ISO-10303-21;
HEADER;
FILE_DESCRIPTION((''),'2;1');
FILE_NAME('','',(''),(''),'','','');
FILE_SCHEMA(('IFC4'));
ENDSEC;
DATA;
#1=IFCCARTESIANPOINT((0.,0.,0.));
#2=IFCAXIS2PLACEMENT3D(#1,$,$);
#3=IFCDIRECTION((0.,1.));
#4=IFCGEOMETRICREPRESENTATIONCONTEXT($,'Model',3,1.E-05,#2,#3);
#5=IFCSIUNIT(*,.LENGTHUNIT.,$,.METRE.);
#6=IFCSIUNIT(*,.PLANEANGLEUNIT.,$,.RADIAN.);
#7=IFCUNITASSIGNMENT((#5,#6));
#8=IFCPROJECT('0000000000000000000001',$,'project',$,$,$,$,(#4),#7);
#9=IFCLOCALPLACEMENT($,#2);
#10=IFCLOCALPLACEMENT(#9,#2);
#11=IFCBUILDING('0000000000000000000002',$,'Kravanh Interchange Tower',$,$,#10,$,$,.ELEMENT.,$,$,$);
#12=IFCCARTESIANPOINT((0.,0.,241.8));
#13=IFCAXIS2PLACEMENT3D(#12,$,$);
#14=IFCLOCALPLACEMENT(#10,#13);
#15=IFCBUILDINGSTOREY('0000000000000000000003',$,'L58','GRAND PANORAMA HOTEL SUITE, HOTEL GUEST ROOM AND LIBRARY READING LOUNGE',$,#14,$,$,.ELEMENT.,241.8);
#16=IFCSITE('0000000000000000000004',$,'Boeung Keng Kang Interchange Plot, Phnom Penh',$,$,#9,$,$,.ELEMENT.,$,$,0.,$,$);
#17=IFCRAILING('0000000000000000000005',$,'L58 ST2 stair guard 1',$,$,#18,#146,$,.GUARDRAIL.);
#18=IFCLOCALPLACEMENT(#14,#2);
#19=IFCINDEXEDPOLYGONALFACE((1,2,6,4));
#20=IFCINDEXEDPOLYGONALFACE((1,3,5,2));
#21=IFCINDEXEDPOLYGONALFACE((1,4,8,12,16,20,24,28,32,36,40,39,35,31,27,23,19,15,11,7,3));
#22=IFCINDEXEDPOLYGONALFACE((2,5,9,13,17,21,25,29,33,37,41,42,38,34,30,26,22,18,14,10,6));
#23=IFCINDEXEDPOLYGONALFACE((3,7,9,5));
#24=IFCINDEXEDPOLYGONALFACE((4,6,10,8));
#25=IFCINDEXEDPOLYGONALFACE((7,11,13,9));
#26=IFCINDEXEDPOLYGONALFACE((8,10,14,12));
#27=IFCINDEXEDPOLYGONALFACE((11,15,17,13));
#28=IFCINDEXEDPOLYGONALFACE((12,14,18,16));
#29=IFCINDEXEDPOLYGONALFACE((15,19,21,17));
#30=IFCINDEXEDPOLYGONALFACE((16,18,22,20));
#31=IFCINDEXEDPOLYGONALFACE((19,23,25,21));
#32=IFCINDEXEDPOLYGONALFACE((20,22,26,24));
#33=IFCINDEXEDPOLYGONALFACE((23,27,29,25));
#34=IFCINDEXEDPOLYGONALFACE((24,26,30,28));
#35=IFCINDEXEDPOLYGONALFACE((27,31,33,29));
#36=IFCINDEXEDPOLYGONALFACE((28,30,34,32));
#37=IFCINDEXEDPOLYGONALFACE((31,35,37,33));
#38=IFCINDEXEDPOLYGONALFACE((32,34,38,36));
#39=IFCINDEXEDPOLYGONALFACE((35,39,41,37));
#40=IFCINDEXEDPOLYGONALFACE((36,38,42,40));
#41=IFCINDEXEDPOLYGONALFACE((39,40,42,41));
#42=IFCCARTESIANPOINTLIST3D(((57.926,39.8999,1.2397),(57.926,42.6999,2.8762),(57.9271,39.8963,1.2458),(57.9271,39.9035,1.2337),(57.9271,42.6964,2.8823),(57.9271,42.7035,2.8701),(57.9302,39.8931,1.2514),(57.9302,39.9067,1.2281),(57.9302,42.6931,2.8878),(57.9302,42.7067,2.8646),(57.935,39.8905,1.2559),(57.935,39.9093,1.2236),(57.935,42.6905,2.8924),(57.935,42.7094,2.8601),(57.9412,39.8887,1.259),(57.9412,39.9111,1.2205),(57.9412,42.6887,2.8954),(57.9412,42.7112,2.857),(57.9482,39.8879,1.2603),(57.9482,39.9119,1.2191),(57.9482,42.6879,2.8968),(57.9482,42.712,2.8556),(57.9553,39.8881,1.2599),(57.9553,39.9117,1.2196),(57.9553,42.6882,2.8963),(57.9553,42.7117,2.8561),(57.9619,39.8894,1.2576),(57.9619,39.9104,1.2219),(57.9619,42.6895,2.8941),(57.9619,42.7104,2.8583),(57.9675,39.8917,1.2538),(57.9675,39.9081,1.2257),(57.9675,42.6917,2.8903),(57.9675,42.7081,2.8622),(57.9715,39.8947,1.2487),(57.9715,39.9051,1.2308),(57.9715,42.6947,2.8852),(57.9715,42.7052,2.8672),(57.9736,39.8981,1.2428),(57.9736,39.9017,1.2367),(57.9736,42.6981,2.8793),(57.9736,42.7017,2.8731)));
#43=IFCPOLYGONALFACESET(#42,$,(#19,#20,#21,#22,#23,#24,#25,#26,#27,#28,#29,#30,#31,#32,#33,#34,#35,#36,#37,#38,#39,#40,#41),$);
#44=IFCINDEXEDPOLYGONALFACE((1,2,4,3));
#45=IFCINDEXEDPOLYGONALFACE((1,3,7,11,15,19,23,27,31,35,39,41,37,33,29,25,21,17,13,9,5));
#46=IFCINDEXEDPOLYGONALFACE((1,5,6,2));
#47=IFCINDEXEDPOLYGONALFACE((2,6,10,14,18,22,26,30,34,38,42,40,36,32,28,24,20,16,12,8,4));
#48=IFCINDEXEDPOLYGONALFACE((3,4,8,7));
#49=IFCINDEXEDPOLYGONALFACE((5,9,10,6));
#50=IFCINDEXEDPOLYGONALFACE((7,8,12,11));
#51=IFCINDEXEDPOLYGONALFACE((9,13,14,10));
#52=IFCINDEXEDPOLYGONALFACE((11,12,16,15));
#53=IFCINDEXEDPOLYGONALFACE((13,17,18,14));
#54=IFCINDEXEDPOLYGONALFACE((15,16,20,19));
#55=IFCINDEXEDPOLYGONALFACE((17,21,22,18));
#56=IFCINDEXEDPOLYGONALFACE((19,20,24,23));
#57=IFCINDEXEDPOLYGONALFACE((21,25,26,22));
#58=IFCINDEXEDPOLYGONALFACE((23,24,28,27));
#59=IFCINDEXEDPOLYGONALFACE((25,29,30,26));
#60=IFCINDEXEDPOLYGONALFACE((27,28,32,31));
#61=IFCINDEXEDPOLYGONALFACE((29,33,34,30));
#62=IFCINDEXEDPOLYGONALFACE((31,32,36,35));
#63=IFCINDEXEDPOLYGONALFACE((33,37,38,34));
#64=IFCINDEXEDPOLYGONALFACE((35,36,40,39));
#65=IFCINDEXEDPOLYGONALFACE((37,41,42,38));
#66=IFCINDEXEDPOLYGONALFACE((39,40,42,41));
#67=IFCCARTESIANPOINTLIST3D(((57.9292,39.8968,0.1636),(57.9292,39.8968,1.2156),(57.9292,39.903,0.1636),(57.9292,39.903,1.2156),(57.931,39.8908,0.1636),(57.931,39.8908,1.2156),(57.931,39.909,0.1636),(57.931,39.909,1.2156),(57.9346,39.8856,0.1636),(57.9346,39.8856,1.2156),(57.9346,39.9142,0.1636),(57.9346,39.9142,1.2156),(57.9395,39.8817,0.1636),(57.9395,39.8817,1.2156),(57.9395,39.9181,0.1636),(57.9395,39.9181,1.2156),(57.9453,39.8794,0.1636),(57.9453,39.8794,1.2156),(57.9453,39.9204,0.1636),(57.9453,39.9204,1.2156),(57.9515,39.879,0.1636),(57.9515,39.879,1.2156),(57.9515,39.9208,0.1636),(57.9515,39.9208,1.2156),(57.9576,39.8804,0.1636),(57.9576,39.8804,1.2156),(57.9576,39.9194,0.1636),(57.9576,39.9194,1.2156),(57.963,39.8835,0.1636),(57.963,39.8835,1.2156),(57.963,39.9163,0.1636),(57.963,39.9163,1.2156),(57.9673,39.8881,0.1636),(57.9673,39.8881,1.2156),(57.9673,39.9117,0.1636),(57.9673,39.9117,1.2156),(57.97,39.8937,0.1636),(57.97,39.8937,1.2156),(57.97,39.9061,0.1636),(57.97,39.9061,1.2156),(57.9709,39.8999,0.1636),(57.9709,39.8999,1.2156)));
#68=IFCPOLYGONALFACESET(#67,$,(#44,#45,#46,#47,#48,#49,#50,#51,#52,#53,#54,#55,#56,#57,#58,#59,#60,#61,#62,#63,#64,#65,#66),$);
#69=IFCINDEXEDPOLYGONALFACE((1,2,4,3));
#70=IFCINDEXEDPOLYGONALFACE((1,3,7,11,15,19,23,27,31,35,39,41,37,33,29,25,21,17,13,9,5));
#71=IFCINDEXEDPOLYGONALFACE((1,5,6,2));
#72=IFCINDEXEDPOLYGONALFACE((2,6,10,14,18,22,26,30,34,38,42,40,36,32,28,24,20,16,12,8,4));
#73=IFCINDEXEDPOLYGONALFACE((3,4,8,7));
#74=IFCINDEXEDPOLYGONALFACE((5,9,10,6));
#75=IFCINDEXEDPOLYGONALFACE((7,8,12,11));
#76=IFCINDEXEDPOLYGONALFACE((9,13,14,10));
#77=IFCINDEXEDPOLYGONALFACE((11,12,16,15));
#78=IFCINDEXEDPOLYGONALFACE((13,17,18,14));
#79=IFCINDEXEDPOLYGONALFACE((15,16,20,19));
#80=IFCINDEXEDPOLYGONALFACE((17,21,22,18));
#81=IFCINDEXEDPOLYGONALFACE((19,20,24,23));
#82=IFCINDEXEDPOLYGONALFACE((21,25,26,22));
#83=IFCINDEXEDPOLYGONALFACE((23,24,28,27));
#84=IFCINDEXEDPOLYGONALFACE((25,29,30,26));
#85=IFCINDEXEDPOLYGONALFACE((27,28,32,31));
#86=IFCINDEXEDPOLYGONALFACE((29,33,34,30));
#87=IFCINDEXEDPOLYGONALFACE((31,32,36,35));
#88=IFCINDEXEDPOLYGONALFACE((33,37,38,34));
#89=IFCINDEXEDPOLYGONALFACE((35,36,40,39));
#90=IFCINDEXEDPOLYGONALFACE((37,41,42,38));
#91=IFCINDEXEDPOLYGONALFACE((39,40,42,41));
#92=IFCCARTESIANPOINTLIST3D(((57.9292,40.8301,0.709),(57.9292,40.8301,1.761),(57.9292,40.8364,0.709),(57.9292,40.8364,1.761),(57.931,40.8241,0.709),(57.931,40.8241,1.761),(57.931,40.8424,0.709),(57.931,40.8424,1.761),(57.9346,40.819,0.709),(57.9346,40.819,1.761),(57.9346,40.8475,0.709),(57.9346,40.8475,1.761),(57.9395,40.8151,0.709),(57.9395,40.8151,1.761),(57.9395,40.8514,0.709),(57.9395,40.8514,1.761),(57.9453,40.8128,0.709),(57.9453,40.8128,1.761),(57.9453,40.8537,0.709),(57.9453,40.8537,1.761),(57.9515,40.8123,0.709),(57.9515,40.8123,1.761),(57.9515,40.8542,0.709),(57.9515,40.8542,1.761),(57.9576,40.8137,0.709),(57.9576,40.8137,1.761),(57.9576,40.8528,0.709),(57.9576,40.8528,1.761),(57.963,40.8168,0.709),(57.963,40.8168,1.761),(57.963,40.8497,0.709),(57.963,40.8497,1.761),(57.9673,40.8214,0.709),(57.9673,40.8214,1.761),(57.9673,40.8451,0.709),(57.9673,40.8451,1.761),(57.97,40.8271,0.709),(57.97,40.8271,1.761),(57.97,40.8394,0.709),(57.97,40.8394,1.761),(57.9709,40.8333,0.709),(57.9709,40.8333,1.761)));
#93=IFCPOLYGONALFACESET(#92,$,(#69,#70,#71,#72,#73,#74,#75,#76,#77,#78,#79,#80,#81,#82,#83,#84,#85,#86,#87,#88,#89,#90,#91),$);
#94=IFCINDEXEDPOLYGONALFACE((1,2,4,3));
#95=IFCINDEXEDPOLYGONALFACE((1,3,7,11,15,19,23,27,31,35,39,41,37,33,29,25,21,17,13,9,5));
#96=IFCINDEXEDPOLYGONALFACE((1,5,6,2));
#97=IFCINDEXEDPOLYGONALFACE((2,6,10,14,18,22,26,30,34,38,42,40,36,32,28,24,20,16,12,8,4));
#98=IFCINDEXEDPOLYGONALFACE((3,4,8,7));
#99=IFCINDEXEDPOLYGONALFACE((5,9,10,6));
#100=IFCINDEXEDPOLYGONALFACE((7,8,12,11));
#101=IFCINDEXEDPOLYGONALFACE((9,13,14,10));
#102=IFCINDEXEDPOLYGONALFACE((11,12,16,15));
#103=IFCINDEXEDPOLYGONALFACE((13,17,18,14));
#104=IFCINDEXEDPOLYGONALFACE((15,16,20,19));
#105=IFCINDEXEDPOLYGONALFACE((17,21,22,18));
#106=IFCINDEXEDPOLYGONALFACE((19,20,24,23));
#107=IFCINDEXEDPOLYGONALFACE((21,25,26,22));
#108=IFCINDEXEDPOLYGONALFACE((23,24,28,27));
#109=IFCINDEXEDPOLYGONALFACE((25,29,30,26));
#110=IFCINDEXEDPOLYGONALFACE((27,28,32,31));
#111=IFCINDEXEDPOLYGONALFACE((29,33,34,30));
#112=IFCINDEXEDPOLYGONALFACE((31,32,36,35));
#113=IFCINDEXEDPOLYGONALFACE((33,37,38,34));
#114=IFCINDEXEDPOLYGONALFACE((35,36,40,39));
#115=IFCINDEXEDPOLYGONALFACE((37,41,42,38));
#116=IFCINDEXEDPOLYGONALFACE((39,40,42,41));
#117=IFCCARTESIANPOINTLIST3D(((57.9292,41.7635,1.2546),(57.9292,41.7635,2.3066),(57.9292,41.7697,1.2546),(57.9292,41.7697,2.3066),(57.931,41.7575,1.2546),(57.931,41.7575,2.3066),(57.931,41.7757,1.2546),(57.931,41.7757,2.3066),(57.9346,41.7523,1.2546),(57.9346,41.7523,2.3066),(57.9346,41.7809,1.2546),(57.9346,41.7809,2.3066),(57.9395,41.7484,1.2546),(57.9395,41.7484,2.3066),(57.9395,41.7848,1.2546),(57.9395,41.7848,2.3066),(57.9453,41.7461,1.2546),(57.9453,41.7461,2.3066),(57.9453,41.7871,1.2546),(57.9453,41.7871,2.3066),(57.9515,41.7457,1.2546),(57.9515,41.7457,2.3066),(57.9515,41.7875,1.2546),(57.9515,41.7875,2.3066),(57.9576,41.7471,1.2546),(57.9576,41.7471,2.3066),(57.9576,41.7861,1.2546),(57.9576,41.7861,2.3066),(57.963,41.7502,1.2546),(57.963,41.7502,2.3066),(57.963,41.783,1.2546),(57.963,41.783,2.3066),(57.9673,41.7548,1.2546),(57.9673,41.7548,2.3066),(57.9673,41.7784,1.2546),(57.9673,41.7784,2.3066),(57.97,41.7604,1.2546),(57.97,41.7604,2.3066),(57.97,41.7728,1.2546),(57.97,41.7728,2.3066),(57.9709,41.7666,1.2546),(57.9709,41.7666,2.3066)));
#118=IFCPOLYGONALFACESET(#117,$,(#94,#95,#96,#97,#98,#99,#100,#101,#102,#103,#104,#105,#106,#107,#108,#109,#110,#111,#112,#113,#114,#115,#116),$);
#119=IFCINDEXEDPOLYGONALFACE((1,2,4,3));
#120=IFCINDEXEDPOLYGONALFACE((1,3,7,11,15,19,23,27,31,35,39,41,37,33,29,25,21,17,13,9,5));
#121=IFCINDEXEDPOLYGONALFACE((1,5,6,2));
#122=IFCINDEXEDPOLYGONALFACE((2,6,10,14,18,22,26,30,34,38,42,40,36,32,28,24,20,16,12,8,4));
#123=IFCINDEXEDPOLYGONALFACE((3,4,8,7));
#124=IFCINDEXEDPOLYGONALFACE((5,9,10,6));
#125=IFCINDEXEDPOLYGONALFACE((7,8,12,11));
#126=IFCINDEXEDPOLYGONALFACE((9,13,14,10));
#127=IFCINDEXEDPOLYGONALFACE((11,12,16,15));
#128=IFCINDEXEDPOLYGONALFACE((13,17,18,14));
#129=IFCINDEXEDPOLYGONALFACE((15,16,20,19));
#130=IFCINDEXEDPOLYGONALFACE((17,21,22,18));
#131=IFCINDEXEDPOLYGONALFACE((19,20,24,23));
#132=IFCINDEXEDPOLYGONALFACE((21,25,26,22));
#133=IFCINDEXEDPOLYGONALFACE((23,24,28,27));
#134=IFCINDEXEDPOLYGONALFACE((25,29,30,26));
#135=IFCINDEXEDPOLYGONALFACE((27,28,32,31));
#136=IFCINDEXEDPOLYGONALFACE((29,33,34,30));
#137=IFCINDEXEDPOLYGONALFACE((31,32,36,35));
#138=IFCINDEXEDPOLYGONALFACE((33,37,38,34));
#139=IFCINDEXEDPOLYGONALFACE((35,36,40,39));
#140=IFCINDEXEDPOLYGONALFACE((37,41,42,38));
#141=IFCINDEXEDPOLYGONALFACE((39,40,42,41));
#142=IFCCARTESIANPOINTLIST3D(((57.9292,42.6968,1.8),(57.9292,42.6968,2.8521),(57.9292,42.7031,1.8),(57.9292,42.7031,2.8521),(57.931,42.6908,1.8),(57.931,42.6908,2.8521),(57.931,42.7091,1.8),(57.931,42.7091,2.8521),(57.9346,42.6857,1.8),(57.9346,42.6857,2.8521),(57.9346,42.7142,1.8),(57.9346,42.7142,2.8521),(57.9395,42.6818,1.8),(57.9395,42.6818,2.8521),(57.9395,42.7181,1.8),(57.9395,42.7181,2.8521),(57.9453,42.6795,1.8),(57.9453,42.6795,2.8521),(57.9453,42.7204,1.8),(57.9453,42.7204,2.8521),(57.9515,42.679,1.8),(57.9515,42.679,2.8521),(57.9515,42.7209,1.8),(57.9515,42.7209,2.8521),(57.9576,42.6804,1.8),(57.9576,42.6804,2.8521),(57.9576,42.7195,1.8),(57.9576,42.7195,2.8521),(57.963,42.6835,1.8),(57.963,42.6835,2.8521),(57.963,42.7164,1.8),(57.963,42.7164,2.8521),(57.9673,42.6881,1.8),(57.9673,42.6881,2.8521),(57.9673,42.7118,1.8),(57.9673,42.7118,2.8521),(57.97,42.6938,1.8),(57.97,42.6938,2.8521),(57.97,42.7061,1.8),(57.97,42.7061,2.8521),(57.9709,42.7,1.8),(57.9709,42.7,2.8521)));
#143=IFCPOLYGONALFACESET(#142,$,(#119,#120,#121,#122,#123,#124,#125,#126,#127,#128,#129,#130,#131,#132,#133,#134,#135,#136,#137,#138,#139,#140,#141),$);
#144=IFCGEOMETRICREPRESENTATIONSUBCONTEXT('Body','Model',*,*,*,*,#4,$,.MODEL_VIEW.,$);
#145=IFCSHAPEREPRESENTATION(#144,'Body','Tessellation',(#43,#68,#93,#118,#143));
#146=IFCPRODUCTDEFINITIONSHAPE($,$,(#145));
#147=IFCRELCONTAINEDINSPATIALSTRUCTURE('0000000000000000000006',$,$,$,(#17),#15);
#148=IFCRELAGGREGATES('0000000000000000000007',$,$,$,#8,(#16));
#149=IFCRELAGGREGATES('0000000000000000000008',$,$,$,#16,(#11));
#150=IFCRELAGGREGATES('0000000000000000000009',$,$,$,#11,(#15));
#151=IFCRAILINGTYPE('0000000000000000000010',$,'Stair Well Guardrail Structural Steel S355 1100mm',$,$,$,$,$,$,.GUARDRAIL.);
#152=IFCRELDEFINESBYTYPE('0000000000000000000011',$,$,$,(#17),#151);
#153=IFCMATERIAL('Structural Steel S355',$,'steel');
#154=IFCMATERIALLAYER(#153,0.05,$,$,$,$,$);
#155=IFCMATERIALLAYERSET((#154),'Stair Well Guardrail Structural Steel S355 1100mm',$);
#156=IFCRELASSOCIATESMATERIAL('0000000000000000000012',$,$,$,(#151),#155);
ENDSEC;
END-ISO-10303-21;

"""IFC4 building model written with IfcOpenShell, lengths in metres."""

from ifc_helpers import new_model, si_unit, direction, frame, origin, origin_2d, place, context, subcontext, project, spatial, circle, extrude, material, layer, layer_set, type_object, element, save


model = new_model("IFC4")

# Units and contexts
model_context = context("Model", 3, precision=1e-05, world=origin(), true_north=direction((0.0, 1.0)))
body_context = subcontext(model_context, "Body", "Model", "MODEL_VIEW")
ifc_project = project(units=[si_unit("LENGTHUNIT", "METRE"), si_unit("PLANEANGLEUNIT", "RADIAN")], contexts=[model_context])

# Site, building, storey
site_placement = place(None, origin())
site = spatial("IfcSite", under=ifc_project, at=site_placement, Name="Boeung Keng Kang Interchange Plot, Phnom Penh", CompositionType="ELEMENT", RefElevation=0.0)
building_placement = place(site_placement, origin())
building = spatial("IfcBuilding", under=site, at=building_placement, Name="Kravanh Interchange Tower", CompositionType="ELEMENT")
storey_placement = place(building_placement, frame((0.0, 0.0, 241.8)))
storey = spatial("IfcBuildingStorey", under=building, at=storey_placement, Name="L58", Description="GRAND PANORAMA HOTEL SUITE, HOTEL GUEST ROOM AND LIBRARY READING LOUNGE", CompositionType="ELEMENT", Elevation=241.8)

# Railing
ifc_material_1 = material(Name="Structural Steel S355", Category="steel")
ifc_layer_1 = layer(ifc_material_1, 0.05)
ifc_layer_set_1 = layer_set([ifc_layer_1], Name="Stair Well Guardrail Structural Steel S355 1100mm")
railing_type_1 = type_object("IfcRailingType", Name="Stair Well Guardrail Structural Steel S355 1100mm", PredefinedType="GUARDRAIL", material=ifc_layer_set_1)
railing_1_placement = place(storey_placement, frame((57.95, 39.8999, 0.1636)))
element("IfcRailing", 1, at=railing_1_placement, inside=storey, type_object=railing_type_1, Name="L58 ST2 stair guard 1", PredefinedType="GUARDRAIL", context=body_context, shape_type="SweptSolid", body=[
    extrude(circle(Radius=0.0239, at=origin_2d()), frame((0.0, 0.0, 1.0762), z_axis=(0.0, 0.863361, 0.504587), x_axis=(-1.0, 0.0, 0.0)), (0.0, 0.0, 1.0), 3.2432),
    extrude(circle(Radius=0.021, at=origin_2d()), origin(), (0.0, 0.0, 1.0), 1.052),
    extrude(circle(Radius=0.021, at=origin_2d()), frame((0.0, 0.9333, 0.5454)), (0.0, 0.0, 1.0), 1.052),
    extrude(circle(Radius=0.021, at=origin_2d()), frame((0.0, 1.8667, 1.0911)), (0.0, 0.0, 1.0), 1.052),
    extrude(circle(Radius=0.021, at=origin_2d()), frame((0.0, 2.8, 1.6365)), (0.0, 0.0, 1.0), 1.052),
])

save(model, "model.ifc")
